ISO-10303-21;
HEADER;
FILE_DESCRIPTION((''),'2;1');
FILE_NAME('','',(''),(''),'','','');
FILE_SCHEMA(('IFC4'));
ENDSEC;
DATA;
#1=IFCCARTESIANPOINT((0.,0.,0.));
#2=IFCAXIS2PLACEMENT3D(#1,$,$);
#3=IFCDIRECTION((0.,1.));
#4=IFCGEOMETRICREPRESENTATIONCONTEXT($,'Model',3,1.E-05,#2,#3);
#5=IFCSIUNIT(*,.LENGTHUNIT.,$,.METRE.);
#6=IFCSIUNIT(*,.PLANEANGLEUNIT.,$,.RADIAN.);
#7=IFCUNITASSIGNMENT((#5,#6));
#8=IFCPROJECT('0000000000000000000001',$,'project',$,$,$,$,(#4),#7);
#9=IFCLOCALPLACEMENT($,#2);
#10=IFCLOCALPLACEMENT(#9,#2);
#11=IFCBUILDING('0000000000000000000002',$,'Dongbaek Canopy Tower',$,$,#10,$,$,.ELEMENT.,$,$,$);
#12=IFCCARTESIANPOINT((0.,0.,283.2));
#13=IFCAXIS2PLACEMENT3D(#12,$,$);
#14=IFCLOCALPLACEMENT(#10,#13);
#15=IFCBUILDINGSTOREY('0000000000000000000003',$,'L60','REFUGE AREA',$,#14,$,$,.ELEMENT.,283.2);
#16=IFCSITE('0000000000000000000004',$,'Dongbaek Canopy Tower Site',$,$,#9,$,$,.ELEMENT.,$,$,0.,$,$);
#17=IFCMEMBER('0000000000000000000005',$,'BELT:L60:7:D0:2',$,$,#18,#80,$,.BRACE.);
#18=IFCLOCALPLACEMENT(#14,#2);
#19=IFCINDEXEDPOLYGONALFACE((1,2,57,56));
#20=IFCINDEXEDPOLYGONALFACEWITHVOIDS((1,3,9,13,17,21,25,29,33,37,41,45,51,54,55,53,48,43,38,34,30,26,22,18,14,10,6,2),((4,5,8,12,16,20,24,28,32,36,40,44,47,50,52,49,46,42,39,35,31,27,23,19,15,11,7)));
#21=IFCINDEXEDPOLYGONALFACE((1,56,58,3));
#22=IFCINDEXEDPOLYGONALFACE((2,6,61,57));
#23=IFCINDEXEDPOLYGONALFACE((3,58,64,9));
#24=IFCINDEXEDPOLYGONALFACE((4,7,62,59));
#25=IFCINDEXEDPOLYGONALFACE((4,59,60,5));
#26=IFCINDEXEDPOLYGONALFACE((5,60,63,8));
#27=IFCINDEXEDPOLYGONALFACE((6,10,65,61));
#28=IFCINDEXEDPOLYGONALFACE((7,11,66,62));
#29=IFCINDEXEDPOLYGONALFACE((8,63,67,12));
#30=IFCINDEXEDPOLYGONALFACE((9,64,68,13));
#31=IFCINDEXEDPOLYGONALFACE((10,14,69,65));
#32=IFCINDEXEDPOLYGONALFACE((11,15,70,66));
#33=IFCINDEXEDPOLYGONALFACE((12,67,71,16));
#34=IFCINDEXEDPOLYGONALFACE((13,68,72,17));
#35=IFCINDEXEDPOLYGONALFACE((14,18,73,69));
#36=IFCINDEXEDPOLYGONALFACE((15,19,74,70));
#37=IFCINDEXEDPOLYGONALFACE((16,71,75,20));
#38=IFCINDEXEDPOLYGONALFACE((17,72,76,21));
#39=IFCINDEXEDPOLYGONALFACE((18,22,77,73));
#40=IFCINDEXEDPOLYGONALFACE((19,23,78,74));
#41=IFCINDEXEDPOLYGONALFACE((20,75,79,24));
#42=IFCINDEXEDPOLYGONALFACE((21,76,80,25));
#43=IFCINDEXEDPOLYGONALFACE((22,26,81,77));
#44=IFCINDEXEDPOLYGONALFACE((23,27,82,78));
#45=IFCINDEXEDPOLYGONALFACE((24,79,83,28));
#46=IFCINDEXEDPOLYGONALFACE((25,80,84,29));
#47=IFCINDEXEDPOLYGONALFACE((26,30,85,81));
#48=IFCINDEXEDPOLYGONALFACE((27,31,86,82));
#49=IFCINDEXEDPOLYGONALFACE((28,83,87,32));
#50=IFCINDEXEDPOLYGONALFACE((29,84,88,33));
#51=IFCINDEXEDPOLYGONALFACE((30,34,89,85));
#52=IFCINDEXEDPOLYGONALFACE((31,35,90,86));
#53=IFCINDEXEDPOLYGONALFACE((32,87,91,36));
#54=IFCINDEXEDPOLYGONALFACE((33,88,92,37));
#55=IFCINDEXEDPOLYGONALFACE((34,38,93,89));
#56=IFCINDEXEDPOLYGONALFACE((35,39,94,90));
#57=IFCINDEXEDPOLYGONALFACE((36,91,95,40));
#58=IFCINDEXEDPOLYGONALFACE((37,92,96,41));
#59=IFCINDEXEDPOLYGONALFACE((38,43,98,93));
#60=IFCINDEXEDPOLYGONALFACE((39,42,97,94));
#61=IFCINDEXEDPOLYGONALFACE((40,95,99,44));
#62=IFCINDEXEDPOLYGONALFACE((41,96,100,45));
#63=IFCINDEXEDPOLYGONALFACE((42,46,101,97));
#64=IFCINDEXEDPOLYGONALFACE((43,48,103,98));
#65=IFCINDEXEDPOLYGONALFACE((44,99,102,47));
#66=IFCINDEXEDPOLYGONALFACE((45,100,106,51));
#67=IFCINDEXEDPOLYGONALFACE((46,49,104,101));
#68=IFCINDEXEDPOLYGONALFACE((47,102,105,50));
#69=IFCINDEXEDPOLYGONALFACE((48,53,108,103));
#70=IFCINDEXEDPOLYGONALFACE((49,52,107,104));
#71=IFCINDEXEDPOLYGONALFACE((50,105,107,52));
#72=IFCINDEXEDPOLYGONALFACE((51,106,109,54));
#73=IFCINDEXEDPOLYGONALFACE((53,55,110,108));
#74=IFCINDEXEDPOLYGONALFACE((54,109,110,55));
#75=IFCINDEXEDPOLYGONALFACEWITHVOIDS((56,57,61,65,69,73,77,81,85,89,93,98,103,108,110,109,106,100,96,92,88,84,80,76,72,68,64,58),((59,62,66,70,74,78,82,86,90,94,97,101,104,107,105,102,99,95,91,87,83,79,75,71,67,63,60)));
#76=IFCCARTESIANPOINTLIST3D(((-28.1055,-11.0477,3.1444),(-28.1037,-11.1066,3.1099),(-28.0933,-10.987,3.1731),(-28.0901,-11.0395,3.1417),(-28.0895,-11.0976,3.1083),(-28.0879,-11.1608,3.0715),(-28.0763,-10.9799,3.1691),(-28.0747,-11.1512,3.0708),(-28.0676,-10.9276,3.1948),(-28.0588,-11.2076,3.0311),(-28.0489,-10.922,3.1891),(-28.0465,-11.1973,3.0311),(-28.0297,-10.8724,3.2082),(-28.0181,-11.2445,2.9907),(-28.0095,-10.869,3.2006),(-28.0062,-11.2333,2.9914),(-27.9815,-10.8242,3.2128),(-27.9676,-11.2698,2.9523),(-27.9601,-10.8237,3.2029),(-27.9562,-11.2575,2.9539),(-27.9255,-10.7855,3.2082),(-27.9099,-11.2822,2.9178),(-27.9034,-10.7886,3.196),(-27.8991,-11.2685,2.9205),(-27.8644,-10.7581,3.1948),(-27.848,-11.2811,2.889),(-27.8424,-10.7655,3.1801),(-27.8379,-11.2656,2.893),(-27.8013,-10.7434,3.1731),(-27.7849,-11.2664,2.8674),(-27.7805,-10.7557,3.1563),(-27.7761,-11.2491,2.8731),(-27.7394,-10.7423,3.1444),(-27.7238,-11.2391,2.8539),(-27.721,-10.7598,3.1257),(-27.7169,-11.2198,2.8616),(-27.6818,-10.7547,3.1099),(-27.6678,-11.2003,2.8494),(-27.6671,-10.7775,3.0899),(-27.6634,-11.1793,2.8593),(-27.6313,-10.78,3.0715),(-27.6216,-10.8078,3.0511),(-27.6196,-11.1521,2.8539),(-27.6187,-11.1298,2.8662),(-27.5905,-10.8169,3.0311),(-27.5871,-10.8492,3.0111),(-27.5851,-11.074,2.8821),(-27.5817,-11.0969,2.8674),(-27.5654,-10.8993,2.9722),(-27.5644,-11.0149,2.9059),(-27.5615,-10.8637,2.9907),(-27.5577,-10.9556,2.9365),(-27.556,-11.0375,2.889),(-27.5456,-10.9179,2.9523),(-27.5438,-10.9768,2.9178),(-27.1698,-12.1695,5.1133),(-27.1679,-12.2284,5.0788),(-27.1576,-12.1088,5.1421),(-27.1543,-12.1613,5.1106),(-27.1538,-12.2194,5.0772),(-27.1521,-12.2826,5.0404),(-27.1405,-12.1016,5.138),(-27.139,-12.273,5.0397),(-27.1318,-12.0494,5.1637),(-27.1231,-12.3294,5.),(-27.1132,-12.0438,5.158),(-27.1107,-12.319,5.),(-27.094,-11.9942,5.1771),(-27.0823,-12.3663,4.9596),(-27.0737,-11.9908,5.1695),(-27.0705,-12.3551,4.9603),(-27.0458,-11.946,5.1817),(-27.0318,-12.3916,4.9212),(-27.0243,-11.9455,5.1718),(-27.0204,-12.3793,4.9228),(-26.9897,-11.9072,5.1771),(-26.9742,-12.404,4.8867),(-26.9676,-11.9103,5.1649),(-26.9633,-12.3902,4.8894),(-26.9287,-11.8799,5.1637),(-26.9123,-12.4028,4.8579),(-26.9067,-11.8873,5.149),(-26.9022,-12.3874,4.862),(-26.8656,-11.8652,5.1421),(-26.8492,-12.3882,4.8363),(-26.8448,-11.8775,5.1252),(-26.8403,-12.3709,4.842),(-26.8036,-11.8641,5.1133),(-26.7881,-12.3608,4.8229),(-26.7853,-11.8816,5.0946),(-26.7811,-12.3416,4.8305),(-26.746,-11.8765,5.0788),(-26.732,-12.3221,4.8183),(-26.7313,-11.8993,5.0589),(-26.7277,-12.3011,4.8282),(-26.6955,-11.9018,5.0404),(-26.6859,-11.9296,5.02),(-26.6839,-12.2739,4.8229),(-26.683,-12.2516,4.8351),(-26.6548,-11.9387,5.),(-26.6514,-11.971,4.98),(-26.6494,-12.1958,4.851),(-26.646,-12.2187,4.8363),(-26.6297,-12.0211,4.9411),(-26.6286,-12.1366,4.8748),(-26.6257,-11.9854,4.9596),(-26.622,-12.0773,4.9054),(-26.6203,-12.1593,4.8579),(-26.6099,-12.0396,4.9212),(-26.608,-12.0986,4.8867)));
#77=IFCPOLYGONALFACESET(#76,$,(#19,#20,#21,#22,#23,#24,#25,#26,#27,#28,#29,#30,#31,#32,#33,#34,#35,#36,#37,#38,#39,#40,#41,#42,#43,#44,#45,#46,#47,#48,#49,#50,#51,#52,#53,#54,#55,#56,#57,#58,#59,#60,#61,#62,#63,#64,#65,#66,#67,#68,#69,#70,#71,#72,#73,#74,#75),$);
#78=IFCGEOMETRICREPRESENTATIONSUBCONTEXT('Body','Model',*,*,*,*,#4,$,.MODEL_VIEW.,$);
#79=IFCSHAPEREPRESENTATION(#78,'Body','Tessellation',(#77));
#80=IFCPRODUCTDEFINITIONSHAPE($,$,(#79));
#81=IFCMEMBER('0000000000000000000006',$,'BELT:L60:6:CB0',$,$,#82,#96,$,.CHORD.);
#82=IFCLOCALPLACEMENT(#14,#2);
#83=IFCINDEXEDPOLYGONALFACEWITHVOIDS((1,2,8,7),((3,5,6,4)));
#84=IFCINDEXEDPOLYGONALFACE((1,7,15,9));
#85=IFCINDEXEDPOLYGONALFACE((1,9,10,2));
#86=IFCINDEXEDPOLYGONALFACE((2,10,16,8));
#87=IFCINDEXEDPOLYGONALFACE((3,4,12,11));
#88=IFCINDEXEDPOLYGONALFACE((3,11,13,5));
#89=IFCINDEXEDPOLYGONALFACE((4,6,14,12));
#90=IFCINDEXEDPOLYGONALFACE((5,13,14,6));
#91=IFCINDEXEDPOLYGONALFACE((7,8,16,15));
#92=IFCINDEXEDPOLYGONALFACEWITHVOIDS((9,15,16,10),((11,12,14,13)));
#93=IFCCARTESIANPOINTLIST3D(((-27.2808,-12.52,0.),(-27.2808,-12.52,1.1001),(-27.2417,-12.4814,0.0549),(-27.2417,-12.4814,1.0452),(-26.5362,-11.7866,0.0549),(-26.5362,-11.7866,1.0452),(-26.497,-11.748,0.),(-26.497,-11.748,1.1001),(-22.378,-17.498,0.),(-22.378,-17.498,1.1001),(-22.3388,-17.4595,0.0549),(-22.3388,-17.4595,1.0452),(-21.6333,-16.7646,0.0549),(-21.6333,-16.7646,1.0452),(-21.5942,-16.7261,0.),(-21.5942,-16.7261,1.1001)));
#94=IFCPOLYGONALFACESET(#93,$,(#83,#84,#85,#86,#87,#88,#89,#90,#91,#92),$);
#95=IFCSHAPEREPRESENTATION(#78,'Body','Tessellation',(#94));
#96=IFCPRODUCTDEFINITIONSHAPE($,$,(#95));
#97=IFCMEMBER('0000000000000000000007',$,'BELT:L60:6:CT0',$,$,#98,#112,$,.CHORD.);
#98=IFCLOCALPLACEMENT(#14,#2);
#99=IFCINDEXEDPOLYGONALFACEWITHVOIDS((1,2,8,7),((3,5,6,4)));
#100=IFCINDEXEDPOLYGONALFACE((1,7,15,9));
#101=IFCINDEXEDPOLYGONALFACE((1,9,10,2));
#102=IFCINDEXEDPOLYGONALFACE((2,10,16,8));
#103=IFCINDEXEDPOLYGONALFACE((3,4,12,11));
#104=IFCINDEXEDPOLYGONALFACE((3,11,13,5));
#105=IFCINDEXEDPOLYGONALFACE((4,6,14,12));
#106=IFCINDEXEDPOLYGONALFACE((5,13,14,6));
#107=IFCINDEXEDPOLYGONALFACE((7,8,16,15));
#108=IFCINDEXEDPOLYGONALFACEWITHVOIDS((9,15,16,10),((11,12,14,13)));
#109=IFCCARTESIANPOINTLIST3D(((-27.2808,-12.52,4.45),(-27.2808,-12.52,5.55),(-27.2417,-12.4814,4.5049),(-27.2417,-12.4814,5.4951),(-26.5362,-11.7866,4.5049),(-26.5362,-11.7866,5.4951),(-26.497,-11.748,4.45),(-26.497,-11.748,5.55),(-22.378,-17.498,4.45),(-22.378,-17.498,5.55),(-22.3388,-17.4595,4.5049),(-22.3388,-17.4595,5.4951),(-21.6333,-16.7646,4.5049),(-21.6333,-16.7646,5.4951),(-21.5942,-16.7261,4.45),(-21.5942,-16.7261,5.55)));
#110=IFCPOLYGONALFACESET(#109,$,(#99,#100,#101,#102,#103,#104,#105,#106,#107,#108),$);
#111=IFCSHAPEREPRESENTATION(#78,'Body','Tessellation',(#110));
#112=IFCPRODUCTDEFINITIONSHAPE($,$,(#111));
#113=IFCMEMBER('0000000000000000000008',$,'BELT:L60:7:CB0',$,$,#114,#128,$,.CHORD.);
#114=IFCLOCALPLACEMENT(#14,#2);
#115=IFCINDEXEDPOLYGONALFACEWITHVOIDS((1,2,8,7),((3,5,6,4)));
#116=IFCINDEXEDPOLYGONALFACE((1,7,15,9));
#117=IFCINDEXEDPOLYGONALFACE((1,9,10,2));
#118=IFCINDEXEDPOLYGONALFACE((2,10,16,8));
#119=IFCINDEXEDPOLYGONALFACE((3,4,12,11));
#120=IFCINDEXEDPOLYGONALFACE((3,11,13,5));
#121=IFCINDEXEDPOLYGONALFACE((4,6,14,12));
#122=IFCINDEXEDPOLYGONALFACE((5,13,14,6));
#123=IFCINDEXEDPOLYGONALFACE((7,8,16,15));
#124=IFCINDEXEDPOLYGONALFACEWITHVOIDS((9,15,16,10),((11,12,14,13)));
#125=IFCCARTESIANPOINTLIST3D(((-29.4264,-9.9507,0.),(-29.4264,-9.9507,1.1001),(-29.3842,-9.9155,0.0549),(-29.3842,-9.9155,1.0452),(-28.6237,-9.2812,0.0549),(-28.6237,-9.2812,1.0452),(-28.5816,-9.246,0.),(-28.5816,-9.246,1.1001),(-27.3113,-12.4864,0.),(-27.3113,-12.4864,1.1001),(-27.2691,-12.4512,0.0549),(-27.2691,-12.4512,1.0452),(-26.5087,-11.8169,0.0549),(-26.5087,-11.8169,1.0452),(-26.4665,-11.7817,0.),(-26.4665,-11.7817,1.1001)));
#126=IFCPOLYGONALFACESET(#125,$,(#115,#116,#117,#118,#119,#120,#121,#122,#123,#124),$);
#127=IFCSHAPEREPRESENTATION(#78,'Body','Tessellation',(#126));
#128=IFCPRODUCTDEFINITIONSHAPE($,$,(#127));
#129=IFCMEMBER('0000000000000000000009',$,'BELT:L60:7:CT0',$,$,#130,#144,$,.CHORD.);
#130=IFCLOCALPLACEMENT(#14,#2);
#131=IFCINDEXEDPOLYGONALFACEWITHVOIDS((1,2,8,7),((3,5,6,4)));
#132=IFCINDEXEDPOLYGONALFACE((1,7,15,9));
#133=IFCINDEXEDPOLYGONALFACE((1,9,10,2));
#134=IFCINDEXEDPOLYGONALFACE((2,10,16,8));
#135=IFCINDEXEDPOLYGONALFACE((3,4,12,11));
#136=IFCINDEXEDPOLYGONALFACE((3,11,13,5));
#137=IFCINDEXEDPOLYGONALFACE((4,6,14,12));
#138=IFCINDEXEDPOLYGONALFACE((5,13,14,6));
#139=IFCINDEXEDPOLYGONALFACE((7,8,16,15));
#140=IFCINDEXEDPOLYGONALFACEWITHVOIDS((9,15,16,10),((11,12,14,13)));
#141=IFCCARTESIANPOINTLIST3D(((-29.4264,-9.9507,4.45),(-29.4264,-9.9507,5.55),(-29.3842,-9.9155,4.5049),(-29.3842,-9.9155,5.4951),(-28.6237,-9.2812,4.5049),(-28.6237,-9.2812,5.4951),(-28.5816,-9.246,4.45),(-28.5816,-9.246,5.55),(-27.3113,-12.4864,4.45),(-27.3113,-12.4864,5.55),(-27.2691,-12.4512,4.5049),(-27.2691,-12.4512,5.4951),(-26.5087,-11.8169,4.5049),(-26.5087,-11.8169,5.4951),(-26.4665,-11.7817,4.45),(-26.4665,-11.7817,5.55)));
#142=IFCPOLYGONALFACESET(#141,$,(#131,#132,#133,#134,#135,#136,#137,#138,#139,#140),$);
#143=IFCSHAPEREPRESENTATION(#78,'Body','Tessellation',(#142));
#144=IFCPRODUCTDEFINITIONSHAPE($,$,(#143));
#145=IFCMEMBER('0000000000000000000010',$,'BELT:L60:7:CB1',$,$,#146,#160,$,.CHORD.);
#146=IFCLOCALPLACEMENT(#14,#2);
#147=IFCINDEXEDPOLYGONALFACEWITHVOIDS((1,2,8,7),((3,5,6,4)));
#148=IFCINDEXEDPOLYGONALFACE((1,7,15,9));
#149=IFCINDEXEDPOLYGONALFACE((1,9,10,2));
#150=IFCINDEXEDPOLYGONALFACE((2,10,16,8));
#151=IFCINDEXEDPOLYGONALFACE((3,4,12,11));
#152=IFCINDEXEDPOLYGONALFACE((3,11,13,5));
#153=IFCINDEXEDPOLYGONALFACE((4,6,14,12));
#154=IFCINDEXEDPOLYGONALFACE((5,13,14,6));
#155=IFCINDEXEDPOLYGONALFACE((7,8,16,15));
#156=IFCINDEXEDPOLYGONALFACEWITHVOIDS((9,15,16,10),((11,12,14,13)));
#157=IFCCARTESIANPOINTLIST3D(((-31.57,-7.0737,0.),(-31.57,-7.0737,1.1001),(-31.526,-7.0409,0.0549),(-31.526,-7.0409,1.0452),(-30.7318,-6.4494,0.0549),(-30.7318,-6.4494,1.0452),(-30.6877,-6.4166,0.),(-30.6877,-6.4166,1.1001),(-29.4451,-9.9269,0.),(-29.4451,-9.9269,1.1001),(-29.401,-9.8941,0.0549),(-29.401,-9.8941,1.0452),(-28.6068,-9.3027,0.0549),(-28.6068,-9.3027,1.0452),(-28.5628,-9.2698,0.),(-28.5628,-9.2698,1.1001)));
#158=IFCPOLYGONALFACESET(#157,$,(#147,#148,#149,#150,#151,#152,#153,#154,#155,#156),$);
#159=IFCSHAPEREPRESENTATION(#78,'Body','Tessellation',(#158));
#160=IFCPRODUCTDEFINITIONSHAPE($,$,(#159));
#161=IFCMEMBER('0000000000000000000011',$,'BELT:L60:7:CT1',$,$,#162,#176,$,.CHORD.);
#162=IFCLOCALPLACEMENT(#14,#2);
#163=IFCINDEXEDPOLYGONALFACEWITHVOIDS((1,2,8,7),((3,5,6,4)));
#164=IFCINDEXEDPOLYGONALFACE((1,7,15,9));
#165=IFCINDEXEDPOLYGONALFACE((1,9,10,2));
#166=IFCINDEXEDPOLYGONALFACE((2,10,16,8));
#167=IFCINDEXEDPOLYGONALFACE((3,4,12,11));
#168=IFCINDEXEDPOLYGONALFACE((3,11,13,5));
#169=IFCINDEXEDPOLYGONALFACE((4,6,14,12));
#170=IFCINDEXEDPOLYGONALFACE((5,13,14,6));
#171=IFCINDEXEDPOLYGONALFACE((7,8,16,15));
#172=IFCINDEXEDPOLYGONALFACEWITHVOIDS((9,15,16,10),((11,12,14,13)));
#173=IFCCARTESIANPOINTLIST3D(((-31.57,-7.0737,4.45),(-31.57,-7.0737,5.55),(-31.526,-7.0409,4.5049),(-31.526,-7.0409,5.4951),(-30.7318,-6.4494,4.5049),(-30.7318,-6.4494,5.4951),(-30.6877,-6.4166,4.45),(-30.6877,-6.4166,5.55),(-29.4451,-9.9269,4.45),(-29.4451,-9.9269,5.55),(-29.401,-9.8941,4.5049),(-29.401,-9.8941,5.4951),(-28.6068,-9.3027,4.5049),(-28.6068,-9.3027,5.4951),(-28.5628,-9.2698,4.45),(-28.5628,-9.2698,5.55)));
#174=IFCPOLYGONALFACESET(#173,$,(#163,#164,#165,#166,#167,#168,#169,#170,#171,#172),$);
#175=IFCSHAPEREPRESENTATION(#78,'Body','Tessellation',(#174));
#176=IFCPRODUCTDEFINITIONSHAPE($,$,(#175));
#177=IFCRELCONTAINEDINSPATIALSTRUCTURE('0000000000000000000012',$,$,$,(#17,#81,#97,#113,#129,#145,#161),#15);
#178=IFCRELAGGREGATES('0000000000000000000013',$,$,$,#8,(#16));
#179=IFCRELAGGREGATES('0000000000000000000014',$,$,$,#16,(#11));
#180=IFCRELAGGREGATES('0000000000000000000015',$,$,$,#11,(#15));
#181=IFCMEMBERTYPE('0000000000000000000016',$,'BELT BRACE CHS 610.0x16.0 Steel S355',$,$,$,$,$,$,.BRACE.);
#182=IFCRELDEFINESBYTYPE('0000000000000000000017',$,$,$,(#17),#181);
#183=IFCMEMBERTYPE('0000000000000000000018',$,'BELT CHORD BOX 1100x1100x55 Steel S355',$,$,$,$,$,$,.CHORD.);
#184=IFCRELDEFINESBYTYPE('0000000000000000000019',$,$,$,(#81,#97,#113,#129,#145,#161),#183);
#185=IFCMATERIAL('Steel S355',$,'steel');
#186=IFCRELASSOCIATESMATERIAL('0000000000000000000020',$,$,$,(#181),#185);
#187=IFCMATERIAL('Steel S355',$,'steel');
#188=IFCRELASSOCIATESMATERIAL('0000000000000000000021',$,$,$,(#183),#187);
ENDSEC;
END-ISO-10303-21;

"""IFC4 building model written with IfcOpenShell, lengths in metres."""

from ifc_helpers import new_model, si_unit, direction, frame, origin, origin_2d, place, context, subcontext, project, spatial, hollow_rectangle, hollow_circle, extrude, material, material_profile, profile_set, type_object, element, save


model = new_model("IFC4")

# Units and contexts
model_context = context("Model", 3, precision=1e-05, world=origin(), true_north=direction((0.0, 1.0)))
body_context = subcontext(model_context, "Body", "Model", "MODEL_VIEW")
ifc_project = project(units=[si_unit("LENGTHUNIT", "METRE"), si_unit("PLANEANGLEUNIT", "RADIAN")], contexts=[model_context])

# Site, building, storey
site_placement = place(None, origin())
site = spatial("IfcSite", under=ifc_project, at=site_placement, Name="Dongbaek Canopy Tower Site", CompositionType="ELEMENT", RefElevation=0.0)
building_placement = place(site_placement, origin())
building = spatial("IfcBuilding", under=site, at=building_placement, Name="Dongbaek Canopy Tower", CompositionType="ELEMENT")
storey_placement = place(building_placement, frame((0.0, 0.0, 283.2)))
storey = spatial("IfcBuildingStorey", under=building, at=storey_placement, Name="L60", Description="REFUGE AREA", CompositionType="ELEMENT", Elevation=283.2)

# Members
ifc_material_1 = material(Name="Steel S355", Category="steel")
ifc_material_profile_1 = material_profile(ifc_material_1, hollow_circle(Radius=0.3049, WallThickness=0.0161, at=origin_2d()), Name="BELT BRACE CHS 610.0x16.0 Steel S355")
ifc_profile_set_1 = profile_set([ifc_material_profile_1], Name="Steel S355")
member_type_1 = type_object("IfcMemberType", Name="BELT BRACE CHS 610.0x16.0 Steel S355", PredefinedType="BRACE", material=ifc_profile_set_1)
member_1_placement = place(storey_placement, frame((-26.8889, -12.134, 5.0), z_axis=(-0.381681, 0.457559, -0.803094), x_axis=(-0.767906, -0.640562, 0.0)))
element("IfcMember", 1, at=member_1_placement, inside=storey, type_object=member_type_1, Name="BELT:L60:7:D0:2", PredefinedType="BRACE", context=body_context, shape_type="SweptSolid", body=[
    extrude(hollow_circle(Radius=0.3049, WallThickness=0.0161, at=origin_2d()), origin(), (0.0, 0.0, 1.0), 2.4517),
])
ifc_material_2 = material(Name="Steel S355", Category="steel")
ifc_material_profile_2 = material_profile(ifc_material_2, hollow_rectangle(XDim=1.1001, YDim=1.1001, WallThickness=0.0549, at=origin_2d()), Name="BELT CHORD BOX 1100x1100x55 Steel S355")
ifc_profile_set_2 = profile_set([ifc_material_profile_2], Name="Steel S355")
member_type_2 = type_object("IfcMemberType", Name="BELT CHORD BOX 1100x1100x55 Steel S355", PredefinedType="CHORD", material=ifc_profile_set_2)
for number, where, z_axis, x_axis, name in (
    (2, (-21.9861, -17.1121, 0.55), (-0.701705, 0.712467, 0.0), (-0.712467, -0.701705, 0.0), "BELT:L60:6:CB0"),
    (3, (-21.9861, -17.1121, 5.0), (-0.701705, 0.712467, 0.0), (-0.712467, -0.701705, 0.0), "BELT:L60:6:CT0"),
):
    element("IfcMember", number, at=place(storey_placement, frame(where, z_axis=z_axis, x_axis=x_axis)), inside=storey, type_object=member_type_2, Name=name, PredefinedType="CHORD", context=body_context, shape_type="SweptSolid", body=[
        extrude(hollow_rectangle(XDim=1.1001, YDim=1.1001, WallThickness=0.0549, at=origin_2d()), origin(), (0.0, 0.0, 1.0), 6.9871),
    ])
for number, where, z_axis, x_axis, name in (
    (4, (-26.8889, -12.134, 0.55), (-0.640533, 0.76793, 0.0), (-0.76793, -0.640533, 0.0), "BELT:L60:7:CB0"),
    (5, (-26.8889, -12.134, 5.0), (-0.640533, 0.76793, 0.0), (-0.76793, -0.640533, 0.0), "BELT:L60:7:CT0"),
):
    element("IfcMember", number, at=place(storey_placement, frame(where, z_axis=z_axis, x_axis=x_axis)), inside=storey, type_object=member_type_2, Name=name, PredefinedType="CHORD", context=body_context, shape_type="SweptSolid", body=[
        extrude(hollow_rectangle(XDim=1.1001, YDim=1.1001, WallThickness=0.0549, at=origin_2d()), origin(), (0.0, 0.0, 1.0), 3.302),
    ])
for number, where, z_axis, x_axis, name in (
    (6, (-29.0039, -9.5984, 0.55), (-0.597307, 0.802013, 0.0), (-0.802013, -0.597307, 0.0), "BELT:L60:7:CB1"),
    (7, (-29.0039, -9.5984, 5.0), (-0.597307, 0.802013, 0.0), (-0.802013, -0.597307, 0.0), "BELT:L60:7:CT1"),
):
    element("IfcMember", number, at=place(storey_placement, frame(where, z_axis=z_axis, x_axis=x_axis)), inside=storey, type_object=member_type_2, Name=name, PredefinedType="CHORD", context=body_context, shape_type="SweptSolid", body=[
        extrude(hollow_rectangle(XDim=1.1001, YDim=1.1001, WallThickness=0.0549, at=origin_2d()), origin(), (0.0, 0.0, 1.0), 3.5576),
    ])

save(model, "model.ifc")
